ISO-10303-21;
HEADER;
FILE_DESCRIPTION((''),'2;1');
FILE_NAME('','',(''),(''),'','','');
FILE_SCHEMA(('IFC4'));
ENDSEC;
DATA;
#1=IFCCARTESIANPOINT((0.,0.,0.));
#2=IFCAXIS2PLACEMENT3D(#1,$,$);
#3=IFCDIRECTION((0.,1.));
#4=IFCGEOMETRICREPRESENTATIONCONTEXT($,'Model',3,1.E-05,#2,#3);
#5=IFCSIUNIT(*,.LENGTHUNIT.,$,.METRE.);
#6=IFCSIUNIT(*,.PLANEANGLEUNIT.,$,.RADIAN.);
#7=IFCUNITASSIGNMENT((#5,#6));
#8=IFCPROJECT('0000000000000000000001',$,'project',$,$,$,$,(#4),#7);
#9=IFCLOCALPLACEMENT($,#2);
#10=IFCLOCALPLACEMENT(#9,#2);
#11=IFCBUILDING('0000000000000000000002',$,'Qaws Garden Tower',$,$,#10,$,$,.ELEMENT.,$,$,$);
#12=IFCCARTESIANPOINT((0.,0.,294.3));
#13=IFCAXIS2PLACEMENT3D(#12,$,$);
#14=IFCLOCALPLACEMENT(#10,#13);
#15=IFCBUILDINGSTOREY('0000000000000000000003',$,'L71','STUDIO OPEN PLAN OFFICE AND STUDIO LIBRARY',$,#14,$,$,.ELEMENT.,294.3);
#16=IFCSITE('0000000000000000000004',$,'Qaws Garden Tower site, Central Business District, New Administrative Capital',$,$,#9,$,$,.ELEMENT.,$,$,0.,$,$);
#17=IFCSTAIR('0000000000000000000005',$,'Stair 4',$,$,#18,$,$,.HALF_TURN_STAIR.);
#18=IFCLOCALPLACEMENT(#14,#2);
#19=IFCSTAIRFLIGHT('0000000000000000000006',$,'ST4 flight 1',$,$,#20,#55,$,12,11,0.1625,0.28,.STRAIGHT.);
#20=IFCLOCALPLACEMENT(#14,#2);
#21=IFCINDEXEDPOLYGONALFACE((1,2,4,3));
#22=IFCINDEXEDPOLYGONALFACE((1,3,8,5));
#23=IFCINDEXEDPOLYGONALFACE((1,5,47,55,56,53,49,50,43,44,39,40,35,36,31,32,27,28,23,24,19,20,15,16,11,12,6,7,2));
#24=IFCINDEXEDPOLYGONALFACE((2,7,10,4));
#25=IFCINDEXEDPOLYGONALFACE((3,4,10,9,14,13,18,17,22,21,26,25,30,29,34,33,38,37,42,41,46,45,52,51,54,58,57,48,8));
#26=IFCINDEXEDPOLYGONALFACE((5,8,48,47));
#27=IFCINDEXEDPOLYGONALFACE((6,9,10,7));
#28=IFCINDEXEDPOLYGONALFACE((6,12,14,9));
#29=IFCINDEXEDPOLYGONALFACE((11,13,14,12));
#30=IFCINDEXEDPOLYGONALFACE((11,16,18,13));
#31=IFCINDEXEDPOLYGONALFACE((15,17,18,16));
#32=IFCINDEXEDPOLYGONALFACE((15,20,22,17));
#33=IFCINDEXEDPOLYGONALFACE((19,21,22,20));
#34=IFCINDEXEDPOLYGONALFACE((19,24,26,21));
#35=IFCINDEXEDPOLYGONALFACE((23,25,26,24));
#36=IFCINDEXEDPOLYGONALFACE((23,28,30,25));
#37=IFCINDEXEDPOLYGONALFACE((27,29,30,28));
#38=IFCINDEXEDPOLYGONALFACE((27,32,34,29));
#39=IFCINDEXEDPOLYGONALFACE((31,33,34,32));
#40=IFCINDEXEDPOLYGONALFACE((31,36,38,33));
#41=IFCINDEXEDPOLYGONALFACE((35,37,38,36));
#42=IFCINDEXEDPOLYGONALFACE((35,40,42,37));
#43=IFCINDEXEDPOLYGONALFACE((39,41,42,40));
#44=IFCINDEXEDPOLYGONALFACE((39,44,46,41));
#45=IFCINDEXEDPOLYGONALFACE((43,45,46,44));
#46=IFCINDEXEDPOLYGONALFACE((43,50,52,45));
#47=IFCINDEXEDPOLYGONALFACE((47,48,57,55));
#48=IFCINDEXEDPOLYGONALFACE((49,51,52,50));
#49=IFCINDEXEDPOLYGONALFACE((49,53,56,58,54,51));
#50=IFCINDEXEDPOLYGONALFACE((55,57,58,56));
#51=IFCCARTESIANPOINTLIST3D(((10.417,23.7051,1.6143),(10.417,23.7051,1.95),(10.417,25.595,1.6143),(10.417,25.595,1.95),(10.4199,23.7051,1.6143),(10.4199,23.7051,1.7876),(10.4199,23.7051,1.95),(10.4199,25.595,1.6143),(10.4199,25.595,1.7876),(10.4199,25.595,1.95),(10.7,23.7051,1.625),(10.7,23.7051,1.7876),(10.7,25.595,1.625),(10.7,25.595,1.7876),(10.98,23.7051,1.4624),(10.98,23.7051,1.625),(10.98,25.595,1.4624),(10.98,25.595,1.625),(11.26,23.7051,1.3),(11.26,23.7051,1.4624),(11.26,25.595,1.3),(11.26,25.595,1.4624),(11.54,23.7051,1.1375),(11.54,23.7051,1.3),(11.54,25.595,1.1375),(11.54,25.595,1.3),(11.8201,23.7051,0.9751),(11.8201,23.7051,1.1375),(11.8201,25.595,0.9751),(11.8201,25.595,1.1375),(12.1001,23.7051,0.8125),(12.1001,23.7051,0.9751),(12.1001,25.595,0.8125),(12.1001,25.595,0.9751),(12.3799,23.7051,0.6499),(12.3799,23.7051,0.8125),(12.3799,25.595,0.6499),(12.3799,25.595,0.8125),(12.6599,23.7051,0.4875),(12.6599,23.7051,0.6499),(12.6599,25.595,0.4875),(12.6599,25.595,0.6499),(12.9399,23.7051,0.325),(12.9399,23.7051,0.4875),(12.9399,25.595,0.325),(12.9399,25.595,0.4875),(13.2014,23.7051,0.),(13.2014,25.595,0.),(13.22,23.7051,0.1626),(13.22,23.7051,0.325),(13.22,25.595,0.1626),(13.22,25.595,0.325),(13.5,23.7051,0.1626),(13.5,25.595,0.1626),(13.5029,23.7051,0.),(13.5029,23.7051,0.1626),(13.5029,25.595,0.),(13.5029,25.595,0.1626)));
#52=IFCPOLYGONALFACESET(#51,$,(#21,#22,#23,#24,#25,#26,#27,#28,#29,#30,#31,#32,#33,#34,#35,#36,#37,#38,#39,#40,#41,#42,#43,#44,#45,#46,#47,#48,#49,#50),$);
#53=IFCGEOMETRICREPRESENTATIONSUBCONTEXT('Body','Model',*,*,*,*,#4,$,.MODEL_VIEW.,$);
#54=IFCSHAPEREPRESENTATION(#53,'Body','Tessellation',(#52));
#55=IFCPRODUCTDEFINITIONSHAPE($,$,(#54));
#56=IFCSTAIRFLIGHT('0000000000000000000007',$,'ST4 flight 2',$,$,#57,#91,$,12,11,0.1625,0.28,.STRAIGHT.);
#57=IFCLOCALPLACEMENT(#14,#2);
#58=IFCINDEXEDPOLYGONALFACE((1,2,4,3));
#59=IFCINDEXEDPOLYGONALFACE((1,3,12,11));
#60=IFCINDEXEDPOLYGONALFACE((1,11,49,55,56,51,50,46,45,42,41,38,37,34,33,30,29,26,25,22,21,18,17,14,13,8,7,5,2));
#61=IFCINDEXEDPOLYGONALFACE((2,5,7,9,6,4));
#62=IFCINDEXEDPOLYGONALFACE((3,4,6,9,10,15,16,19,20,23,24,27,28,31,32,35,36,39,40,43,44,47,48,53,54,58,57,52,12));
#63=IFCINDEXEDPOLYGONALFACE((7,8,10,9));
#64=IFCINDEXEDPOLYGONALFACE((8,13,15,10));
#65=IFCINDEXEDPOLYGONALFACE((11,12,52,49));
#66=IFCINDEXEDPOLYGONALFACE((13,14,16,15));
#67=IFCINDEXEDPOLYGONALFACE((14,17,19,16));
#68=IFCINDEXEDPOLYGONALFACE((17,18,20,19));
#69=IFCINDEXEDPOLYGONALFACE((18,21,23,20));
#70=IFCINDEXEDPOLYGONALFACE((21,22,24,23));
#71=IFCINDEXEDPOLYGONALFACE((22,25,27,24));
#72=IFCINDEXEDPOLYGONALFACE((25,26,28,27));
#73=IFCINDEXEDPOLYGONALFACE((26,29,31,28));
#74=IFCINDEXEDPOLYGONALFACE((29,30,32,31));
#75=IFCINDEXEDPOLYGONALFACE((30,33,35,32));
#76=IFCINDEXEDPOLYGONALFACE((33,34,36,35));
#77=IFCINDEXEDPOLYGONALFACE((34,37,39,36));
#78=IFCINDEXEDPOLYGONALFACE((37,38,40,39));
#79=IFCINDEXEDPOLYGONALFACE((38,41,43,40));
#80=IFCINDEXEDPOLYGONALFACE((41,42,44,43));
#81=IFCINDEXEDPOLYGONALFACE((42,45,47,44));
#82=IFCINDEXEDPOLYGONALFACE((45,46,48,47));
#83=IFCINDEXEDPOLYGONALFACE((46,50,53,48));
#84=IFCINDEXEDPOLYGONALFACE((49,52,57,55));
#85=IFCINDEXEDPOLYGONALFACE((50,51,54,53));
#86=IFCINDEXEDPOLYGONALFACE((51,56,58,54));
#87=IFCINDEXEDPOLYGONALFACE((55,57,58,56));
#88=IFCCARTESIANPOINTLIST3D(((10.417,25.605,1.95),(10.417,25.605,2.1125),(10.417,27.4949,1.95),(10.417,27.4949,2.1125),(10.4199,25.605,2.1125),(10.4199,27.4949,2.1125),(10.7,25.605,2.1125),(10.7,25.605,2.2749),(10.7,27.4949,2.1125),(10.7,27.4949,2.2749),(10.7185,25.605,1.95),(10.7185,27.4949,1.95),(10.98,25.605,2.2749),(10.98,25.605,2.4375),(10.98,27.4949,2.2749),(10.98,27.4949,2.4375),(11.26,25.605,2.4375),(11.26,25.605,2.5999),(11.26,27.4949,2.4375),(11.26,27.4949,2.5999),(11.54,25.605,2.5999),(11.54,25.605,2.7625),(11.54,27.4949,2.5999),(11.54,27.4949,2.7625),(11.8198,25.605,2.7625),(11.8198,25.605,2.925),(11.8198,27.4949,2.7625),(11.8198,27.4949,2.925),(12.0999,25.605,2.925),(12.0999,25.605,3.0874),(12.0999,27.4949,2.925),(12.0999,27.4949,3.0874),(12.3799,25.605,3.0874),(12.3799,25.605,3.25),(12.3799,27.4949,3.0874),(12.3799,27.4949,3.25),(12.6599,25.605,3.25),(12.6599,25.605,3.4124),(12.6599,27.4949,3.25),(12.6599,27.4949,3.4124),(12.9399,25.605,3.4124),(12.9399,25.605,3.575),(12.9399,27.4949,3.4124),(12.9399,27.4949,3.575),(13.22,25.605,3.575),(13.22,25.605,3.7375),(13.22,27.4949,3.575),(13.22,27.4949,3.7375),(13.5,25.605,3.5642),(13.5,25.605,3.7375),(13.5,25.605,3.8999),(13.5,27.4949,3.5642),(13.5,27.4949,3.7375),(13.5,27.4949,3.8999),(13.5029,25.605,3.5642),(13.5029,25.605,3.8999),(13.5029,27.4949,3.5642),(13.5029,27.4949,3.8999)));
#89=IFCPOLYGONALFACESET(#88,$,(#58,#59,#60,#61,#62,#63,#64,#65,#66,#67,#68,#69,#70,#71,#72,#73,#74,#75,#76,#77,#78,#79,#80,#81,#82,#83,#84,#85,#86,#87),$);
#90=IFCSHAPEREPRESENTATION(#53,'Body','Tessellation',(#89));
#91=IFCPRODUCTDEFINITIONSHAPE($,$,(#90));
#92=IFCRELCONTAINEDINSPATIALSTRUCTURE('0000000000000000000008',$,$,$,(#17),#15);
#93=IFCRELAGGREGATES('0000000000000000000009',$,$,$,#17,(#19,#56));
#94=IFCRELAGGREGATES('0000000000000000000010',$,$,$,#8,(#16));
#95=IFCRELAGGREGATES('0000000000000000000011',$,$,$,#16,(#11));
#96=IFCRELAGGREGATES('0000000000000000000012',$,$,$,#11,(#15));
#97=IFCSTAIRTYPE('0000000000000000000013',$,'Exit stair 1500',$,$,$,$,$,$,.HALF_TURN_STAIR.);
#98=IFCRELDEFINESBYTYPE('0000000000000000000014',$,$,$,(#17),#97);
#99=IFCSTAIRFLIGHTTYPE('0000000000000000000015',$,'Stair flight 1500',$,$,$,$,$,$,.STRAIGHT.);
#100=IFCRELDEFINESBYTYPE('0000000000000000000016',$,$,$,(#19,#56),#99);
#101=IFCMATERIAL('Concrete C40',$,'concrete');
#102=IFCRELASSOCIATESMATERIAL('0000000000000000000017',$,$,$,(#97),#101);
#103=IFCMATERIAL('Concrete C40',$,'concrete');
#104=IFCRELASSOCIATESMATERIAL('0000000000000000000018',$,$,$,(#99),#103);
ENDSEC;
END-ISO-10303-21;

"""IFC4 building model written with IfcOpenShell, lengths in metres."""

from ifc_helpers import new_model, si_unit, direction, frame, origin, place, context, subcontext, project, spatial, polyline, outline, extrude, material, type_object, element, aggregate, save


model = new_model("IFC4")

# Units and contexts
model_context = context("Model", 3, precision=1e-05, world=origin(), true_north=direction((0.0, 1.0)))
body_context = subcontext(model_context, "Body", "Model", "MODEL_VIEW")
ifc_project = project(units=[si_unit("LENGTHUNIT", "METRE"), si_unit("PLANEANGLEUNIT", "RADIAN")], contexts=[model_context])

# Site, building, storey
site_placement = place(None, origin())
site = spatial("IfcSite", under=ifc_project, at=site_placement, Name="Qaws Garden Tower site, Central Business District, New Administrative Capital", CompositionType="ELEMENT", RefElevation=0.0)
building_placement = place(site_placement, origin())
building = spatial("IfcBuilding", under=site, at=building_placement, Name="Qaws Garden Tower", CompositionType="ELEMENT")
storey_placement = place(building_placement, frame((0.0, 0.0, 294.3)))
storey = spatial("IfcBuildingStorey", under=building, at=storey_placement, Name="L71", Description="STUDIO OPEN PLAN OFFICE AND STUDIO LIBRARY", CompositionType="ELEMENT", Elevation=294.3)

# Stair, stair flights
ifc_material_1 = material(Name="Concrete C40", Category="concrete")
stair_type = type_object("IfcStairType", Name="Exit stair 1500", PredefinedType="HALF_TURN_STAIR", material=ifc_material_1)
stair_placement = place(storey_placement, origin())
stair = element("IfcStair", 1, at=stair_placement, inside=storey, type_object=stair_type, Name="Stair 4", PredefinedType="HALF_TURN_STAIR")
ifc_material_2 = material(Name="Concrete C40", Category="concrete")
stair_flight_type = type_object("IfcStairFlightType", Name="Stair flight 1500", PredefinedType="STRAIGHT", material=ifc_material_2)
stair_flight_1_placement = place(storey_placement, frame((13.5, 24.6499, 0.0), z_axis=(0.0, 0.0, 1.0), x_axis=(-1.0, 0.0, 0.0)))
stair_flight_1 = element("IfcStairFlight", 2, at=stair_flight_1_placement, type_object=stair_flight_type, Name="ST4 flight 1", NumberOfRisers=12, NumberOfTreads=11, PredefinedType="STRAIGHT", RiserHeight=0.1625, TreadLength=0.28, context=body_context, shape_type="SweptSolid", body=[
    extrude(outline(polyline([(-0.0029, 0.0), (-0.0029, 0.1626), (0.0, 0.1626), (0.28, 0.1626), (0.28, 0.325), (0.5601, 0.325), (0.5601, 0.4875), (0.8401, 0.4875), (0.8401, 0.6499), (1.1201, 0.6499), (1.1201, 0.8125), (1.3999, 0.8125), (1.3999, 0.9751), (1.6799, 0.9751), (1.6799, 1.1375), (1.96, 1.1375), (1.96, 1.3), (2.24, 1.3), (2.24, 1.4624), (2.52, 1.4624), (2.52, 1.625), (2.8, 1.625), (2.8, 1.7876), (3.0801, 1.7876), (3.0801, 1.95), (3.083, 1.95), (3.083, 1.6143), (3.0801, 1.6143), (0.2986, 0.0), (-0.0029, 0.0)])), frame((0.0, 0.9448, 0.0), z_axis=(0.0, -1.0, 0.0), x_axis=(1.0, 0.0, 0.0)), (0.0, 0.0, 1.0), 1.8899),
])
stair_flight_2_placement = place(storey_placement, frame((10.4199, 26.55, 1.95), z_axis=(0.0, 0.0, 1.0), x_axis=(1.0, 0.0, 0.0)))
stair_flight_2 = element("IfcStairFlight", 3, at=stair_flight_2_placement, type_object=stair_flight_type, Name="ST4 flight 2", NumberOfRisers=12, NumberOfTreads=11, PredefinedType="STRAIGHT", RiserHeight=0.1625, TreadLength=0.28, context=body_context, shape_type="SweptSolid", body=[
    extrude(outline(polyline([(-0.0029, 0.0), (-0.0029, 0.1626), (0.0, 0.1626), (0.28, 0.1626), (0.28, 0.325), (0.5601, 0.325), (0.5601, 0.4875), (0.8401, 0.4875), (0.8401, 0.6499), (1.1201, 0.6499), (1.1201, 0.8125), (1.3999, 0.8125), (1.3999, 0.9751), (1.6799, 0.9751), (1.6799, 1.1375), (1.96, 1.1375), (1.96, 1.3), (2.24, 1.3), (2.24, 1.4624), (2.52, 1.4624), (2.52, 1.625), (2.8, 1.625), (2.8, 1.7876), (3.0801, 1.7876), (3.0801, 1.95), (3.083, 1.95), (3.083, 1.6143), (3.0801, 1.6143), (0.2986, 0.0), (-0.0029, 0.0)])), frame((0.0, 0.9448, 0.0), z_axis=(0.0, -1.0, 0.0), x_axis=(1.0, 0.0, 0.0)), (0.0, 0.0, 1.0), 1.8899),
])
aggregate(stair, [stair_flight_1, stair_flight_2])

save(model, "model.ifc")
